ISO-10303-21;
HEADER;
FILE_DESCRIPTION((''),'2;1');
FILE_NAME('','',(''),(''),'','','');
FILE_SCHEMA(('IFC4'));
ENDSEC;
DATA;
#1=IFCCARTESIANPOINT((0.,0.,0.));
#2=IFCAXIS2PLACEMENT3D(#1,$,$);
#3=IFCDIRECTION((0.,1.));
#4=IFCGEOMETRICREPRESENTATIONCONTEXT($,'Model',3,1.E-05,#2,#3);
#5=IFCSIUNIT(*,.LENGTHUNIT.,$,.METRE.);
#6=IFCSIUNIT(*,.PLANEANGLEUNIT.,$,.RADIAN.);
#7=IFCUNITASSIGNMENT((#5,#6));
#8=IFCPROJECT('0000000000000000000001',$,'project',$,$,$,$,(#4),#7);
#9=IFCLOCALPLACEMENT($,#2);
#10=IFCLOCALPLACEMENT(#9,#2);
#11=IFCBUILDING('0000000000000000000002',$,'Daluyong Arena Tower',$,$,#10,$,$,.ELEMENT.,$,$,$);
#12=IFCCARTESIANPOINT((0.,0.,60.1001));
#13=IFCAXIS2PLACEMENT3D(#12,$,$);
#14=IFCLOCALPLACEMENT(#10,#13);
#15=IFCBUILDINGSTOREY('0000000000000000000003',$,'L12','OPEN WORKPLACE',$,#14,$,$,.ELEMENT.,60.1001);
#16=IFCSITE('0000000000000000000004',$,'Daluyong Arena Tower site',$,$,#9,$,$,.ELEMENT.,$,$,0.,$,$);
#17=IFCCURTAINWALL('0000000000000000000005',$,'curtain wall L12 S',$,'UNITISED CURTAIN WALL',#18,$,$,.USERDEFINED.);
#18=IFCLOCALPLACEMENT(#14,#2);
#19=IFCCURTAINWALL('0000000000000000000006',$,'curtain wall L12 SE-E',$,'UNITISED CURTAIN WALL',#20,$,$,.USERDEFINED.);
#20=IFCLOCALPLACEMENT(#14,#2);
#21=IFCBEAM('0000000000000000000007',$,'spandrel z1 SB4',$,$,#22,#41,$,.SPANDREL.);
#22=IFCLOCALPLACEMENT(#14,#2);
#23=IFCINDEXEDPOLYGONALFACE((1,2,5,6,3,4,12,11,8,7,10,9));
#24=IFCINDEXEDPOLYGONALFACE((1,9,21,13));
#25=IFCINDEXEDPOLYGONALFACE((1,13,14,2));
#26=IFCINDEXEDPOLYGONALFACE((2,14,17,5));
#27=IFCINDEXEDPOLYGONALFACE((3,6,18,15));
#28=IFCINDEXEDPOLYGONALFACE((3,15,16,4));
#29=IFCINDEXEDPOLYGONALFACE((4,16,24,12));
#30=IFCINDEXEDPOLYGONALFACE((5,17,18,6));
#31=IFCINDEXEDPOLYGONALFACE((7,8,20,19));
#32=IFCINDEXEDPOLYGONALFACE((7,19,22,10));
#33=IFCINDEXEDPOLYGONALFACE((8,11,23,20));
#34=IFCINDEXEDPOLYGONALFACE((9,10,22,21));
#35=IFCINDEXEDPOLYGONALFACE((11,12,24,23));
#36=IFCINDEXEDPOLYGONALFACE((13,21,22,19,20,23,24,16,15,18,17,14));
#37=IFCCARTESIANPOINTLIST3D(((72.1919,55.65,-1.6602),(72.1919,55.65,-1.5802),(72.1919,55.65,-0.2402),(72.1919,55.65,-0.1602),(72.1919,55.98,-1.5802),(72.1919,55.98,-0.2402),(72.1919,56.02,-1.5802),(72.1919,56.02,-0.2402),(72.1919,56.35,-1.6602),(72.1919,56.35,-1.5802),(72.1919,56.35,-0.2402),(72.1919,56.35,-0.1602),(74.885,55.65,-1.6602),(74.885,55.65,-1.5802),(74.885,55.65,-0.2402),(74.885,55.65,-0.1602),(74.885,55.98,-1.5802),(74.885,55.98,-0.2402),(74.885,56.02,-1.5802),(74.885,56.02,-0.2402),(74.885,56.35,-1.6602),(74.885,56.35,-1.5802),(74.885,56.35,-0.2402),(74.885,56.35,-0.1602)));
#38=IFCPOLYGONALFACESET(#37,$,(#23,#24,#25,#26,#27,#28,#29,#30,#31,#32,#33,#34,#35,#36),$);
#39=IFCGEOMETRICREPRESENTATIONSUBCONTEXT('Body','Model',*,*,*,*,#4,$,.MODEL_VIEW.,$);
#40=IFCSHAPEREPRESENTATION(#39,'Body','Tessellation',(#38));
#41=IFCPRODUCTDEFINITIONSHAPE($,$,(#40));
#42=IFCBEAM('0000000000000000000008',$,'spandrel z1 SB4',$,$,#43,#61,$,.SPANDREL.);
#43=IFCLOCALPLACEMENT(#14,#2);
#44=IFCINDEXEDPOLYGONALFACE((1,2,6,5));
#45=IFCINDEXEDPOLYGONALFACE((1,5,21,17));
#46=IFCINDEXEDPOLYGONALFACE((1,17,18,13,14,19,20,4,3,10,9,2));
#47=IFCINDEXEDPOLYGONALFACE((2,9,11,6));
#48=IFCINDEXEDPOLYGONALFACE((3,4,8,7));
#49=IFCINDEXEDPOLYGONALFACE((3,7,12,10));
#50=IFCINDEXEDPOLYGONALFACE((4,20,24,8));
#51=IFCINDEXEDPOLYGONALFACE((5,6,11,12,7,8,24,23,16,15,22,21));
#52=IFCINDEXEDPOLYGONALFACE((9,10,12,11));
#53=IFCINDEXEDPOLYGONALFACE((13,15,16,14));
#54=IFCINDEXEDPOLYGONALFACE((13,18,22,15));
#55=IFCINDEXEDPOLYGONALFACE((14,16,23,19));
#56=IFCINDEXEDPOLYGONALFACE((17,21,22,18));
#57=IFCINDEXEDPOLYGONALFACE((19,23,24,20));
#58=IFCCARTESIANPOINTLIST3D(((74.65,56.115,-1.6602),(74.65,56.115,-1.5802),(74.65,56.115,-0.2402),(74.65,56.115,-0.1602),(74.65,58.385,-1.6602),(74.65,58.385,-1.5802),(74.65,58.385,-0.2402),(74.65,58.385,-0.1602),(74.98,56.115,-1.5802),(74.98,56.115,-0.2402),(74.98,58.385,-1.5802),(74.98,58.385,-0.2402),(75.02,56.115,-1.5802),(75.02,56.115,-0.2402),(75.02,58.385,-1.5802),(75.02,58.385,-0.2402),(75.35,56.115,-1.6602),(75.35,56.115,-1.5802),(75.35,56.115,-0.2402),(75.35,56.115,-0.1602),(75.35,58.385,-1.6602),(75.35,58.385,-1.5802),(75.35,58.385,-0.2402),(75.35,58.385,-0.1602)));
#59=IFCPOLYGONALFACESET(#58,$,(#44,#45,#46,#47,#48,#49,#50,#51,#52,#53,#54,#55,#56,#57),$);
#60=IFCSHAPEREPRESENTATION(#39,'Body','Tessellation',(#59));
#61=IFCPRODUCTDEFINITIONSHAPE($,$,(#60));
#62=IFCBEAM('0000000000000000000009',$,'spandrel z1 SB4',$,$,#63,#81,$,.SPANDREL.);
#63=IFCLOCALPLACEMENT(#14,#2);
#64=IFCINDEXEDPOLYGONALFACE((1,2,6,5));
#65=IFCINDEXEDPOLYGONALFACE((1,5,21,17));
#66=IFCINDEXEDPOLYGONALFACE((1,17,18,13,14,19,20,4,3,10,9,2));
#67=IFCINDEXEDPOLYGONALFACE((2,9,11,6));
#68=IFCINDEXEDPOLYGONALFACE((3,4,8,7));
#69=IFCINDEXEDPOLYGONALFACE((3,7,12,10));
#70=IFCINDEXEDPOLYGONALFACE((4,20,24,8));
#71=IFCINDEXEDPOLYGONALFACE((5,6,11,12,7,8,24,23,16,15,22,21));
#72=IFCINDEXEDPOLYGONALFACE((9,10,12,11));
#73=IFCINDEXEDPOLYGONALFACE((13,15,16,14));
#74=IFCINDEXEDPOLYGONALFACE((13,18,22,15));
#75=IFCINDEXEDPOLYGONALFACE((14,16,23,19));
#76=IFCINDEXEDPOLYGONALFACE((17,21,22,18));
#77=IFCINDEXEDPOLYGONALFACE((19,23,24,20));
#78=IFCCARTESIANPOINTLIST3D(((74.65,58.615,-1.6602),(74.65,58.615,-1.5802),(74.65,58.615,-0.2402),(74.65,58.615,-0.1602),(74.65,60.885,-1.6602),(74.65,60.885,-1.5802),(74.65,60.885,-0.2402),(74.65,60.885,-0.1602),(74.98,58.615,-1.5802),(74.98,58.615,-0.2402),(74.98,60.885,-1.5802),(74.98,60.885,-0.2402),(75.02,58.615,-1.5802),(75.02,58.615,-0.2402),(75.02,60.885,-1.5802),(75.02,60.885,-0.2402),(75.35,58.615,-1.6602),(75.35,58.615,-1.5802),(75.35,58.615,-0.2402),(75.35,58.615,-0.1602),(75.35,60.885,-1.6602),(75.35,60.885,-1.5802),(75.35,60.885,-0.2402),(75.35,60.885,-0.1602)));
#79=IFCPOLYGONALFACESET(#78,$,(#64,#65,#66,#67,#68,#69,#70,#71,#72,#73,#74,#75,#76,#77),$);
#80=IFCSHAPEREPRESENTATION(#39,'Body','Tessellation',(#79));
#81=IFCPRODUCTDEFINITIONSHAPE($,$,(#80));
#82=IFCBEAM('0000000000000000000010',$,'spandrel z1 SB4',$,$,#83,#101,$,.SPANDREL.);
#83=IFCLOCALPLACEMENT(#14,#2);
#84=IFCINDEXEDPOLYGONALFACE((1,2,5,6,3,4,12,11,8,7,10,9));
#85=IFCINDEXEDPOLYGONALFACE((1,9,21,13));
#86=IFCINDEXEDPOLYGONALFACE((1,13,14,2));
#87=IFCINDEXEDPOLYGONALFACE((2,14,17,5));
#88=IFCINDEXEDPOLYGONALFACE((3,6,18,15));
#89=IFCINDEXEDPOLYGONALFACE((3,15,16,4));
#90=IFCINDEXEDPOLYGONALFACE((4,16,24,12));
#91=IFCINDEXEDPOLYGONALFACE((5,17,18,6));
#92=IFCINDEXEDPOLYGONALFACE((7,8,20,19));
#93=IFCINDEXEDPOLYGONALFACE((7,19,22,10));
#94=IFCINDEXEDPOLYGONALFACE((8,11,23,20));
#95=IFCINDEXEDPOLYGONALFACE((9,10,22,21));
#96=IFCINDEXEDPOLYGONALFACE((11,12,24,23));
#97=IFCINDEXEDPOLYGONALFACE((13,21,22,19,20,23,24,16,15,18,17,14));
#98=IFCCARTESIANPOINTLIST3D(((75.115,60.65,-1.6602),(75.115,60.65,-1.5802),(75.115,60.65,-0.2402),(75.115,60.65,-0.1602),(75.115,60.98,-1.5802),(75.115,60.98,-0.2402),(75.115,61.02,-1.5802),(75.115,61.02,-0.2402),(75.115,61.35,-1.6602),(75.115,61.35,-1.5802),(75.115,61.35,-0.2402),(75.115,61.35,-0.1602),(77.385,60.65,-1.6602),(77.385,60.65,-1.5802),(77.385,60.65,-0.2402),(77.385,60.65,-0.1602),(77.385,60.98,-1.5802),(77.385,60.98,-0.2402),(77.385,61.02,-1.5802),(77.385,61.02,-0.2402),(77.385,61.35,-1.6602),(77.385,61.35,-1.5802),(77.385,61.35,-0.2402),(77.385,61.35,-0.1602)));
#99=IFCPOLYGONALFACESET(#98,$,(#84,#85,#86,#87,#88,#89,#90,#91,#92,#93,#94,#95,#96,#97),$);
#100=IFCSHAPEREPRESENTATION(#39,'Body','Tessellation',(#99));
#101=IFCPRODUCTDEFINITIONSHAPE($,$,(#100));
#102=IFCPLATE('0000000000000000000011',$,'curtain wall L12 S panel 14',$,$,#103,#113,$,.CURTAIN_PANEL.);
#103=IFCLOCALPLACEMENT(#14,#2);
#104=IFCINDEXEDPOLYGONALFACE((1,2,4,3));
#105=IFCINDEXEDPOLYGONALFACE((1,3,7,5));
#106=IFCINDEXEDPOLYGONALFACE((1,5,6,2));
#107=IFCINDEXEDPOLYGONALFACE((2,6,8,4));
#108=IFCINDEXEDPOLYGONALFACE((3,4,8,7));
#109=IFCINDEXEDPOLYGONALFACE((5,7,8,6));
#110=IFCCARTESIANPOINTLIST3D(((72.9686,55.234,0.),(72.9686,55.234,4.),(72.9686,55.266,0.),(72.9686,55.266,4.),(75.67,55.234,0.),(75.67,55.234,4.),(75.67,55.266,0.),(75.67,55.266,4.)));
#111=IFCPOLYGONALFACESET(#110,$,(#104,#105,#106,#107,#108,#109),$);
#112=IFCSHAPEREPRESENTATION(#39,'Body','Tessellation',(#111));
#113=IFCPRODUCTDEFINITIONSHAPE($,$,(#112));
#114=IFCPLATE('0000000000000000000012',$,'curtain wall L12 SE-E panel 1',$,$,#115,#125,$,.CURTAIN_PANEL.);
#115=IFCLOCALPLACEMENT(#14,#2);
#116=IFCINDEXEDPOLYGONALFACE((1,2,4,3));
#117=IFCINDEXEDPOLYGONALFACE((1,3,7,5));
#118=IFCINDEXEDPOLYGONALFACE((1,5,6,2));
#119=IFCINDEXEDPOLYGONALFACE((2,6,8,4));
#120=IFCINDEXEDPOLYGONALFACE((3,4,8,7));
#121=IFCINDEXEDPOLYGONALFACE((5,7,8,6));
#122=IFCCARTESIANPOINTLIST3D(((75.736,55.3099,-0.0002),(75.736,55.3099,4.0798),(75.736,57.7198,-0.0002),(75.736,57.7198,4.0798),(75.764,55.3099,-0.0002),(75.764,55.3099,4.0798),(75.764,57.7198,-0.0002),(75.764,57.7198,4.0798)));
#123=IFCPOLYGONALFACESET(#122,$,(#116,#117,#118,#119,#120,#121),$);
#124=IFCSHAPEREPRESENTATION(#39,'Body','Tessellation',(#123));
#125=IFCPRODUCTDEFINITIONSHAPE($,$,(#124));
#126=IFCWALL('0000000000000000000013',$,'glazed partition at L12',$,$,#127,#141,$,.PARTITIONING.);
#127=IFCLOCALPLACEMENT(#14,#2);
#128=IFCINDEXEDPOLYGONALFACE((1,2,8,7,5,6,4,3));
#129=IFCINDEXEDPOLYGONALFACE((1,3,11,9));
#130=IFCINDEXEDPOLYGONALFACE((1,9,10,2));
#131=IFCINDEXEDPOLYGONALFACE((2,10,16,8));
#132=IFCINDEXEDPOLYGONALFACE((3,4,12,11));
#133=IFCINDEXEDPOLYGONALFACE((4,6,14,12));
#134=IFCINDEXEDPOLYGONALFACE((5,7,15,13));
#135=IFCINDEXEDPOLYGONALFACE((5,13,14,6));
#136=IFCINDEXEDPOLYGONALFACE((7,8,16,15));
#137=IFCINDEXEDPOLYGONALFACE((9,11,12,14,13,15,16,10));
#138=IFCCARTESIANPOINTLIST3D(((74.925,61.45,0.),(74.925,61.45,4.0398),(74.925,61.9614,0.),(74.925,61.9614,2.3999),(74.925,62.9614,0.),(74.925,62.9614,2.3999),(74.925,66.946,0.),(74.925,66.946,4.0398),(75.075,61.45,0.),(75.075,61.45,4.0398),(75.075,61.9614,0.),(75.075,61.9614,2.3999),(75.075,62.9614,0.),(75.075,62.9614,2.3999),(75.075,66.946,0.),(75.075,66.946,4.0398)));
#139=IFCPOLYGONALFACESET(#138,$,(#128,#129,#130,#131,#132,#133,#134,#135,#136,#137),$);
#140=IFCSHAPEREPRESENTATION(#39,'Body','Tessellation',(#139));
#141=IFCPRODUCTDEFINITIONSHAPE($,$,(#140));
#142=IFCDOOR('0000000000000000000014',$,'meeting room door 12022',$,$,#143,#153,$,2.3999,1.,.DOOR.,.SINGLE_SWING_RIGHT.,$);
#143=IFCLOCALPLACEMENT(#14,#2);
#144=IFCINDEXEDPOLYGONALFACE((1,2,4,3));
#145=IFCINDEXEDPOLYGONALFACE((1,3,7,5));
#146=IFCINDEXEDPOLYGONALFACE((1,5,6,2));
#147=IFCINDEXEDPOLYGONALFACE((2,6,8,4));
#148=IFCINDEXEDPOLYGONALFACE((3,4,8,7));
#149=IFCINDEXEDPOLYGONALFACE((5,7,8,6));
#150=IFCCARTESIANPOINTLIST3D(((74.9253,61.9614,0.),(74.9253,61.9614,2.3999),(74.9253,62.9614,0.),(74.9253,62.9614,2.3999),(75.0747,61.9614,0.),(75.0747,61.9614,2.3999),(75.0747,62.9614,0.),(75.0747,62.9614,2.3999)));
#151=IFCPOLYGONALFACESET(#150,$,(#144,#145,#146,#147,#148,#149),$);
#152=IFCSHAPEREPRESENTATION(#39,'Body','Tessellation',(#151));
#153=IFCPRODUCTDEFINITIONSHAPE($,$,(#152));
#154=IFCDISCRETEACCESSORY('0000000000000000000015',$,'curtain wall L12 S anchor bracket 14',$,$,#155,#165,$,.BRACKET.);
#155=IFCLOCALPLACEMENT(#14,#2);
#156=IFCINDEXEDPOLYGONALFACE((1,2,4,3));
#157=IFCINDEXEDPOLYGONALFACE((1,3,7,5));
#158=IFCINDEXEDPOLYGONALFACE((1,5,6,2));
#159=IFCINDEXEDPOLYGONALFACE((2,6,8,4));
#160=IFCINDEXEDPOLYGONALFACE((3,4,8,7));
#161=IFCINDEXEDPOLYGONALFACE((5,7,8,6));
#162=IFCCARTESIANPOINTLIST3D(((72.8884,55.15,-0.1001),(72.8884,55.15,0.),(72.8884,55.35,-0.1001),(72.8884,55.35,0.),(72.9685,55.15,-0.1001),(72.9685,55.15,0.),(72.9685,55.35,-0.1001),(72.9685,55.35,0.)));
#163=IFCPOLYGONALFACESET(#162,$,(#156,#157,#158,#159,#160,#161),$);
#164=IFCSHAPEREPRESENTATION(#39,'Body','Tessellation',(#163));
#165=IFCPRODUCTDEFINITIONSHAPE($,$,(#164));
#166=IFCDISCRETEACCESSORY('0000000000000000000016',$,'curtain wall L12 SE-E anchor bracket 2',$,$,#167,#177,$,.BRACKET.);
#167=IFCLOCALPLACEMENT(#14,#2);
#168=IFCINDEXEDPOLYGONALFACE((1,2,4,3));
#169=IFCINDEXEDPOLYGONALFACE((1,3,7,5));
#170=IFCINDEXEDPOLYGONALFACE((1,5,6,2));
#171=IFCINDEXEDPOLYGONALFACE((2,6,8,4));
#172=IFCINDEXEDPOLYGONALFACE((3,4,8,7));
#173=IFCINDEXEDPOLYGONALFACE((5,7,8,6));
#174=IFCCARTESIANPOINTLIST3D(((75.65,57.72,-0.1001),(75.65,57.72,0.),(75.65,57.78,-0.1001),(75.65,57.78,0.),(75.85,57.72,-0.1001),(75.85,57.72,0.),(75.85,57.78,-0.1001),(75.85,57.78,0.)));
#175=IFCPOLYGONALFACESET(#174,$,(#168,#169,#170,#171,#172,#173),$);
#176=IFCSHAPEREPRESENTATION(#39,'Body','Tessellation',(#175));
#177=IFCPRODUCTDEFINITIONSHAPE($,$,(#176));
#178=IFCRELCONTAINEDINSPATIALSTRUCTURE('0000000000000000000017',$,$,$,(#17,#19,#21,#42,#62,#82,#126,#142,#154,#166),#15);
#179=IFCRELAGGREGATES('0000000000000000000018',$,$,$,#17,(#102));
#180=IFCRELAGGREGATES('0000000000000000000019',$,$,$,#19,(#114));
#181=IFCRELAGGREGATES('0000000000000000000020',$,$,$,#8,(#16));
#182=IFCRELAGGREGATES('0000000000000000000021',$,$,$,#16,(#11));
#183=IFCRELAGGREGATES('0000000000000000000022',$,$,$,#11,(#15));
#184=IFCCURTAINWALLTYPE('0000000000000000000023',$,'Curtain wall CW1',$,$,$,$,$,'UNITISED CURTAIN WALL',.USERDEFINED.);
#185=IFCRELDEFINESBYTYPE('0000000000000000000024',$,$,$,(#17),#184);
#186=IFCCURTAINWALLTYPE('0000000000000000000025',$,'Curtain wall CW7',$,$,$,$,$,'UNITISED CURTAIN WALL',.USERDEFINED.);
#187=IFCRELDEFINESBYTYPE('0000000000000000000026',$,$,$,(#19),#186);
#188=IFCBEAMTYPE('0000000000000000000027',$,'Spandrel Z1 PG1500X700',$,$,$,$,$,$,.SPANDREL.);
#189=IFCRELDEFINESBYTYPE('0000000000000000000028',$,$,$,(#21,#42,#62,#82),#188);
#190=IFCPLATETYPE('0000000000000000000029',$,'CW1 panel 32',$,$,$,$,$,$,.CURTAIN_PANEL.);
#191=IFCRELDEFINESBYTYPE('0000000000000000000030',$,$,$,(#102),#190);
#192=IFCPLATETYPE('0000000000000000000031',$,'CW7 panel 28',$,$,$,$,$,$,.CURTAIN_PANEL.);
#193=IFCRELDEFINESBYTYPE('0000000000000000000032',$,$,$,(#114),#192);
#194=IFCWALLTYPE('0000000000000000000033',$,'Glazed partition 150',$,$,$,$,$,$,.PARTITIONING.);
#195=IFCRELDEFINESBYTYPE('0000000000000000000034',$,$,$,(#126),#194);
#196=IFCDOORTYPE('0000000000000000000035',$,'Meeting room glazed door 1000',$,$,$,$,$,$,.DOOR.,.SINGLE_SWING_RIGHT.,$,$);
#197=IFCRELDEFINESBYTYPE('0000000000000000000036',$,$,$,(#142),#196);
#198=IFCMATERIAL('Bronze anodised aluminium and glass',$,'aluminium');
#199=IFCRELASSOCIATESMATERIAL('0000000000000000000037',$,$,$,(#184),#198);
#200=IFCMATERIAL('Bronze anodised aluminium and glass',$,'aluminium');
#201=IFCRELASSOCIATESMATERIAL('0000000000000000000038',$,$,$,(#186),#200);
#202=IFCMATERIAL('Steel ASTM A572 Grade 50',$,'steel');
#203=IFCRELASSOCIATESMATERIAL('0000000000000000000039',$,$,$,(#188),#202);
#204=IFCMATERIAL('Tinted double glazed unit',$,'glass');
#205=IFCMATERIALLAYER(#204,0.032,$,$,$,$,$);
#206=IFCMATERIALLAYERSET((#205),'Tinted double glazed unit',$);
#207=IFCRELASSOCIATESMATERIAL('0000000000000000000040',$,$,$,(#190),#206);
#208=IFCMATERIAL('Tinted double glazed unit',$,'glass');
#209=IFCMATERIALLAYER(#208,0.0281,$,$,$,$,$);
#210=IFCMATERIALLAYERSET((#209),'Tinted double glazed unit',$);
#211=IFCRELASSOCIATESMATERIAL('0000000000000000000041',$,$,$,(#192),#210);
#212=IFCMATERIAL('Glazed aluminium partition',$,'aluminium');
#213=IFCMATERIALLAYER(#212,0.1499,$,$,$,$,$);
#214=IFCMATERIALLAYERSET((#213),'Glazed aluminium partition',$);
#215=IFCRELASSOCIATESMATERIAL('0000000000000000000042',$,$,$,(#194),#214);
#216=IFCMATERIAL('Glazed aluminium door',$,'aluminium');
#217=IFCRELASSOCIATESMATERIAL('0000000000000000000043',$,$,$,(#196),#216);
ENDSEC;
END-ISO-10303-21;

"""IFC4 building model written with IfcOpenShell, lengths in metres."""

from ifc_helpers import new_model, si_unit, direction, frame, frame_2d, origin, origin_2d, place, context, subcontext, project, spatial, rectangle, i_section, extrude, material, layer, layer_set, material_profile, profile_set, type_object, element, fill, aggregate, save


model = new_model("IFC4")

# Units and contexts
model_context = context("Model", 3, precision=1e-05, world=origin(), true_north=direction((0.0, 1.0)))
body_context = subcontext(model_context, "Body", "Model", "MODEL_VIEW")
ifc_project = project(units=[si_unit("LENGTHUNIT", "METRE"), si_unit("PLANEANGLEUNIT", "RADIAN")], contexts=[model_context])

# Site, building, storey
site_placement = place(None, origin())
site = spatial("IfcSite", under=ifc_project, at=site_placement, Name="Daluyong Arena Tower site", CompositionType="ELEMENT", RefElevation=0.0)
building_placement = place(site_placement, origin())
building = spatial("IfcBuilding", under=site, at=building_placement, Name="Daluyong Arena Tower", CompositionType="ELEMENT")
storey_placement = place(building_placement, frame((0.0, 0.0, 60.1001)))
storey = spatial("IfcBuildingStorey", under=building, at=storey_placement, Name="L12", Description="OPEN WORKPLACE", CompositionType="ELEMENT", Elevation=60.1001)

# Curtain wall
ifc_material_1 = material(Name="Bronze anodised aluminium and glass", Category="aluminium")
curtain_wall_type_1 = type_object("IfcCurtainWallType", Name="Curtain wall CW1", ElementType="UNITISED CURTAIN WALL", PredefinedType="USERDEFINED", material=ifc_material_1)
curtain_wall_1_placement = place(storey_placement, origin())
curtain_wall_1 = element("IfcCurtainWall", 1, at=curtain_wall_1_placement, inside=storey, type_object=curtain_wall_type_1, Name="curtain wall L12 S", ObjectType="UNITISED CURTAIN WALL", PredefinedType="USERDEFINED")

# Curtain wall
ifc_material_2 = material(Name="Bronze anodised aluminium and glass", Category="aluminium")
curtain_wall_type_2 = type_object("IfcCurtainWallType", Name="Curtain wall CW7", ElementType="UNITISED CURTAIN WALL", PredefinedType="USERDEFINED", material=ifc_material_2)
curtain_wall_2_placement = place(storey_placement, origin())
curtain_wall_2 = element("IfcCurtainWall", 2, at=curtain_wall_2_placement, inside=storey, type_object=curtain_wall_type_2, Name="curtain wall L12 SE-E", ObjectType="UNITISED CURTAIN WALL", PredefinedType="USERDEFINED")

# Beams
ifc_material_3 = material(Name="Steel ASTM A572 Grade 50", Category="steel")
ifc_material_profile_1 = material_profile(ifc_material_3, i_section(OverallWidth=0.7, OverallDepth=1.5, WebThickness=0.04, FlangeThickness=0.08, at=origin_2d()))
ifc_profile_set_1 = profile_set([ifc_material_profile_1], Name="Steel ASTM A572 Grade 50")
beam_type_1 = type_object("IfcBeamType", Name="Spandrel Z1 PG1500X700", PredefinedType="SPANDREL", material=ifc_profile_set_1)
beam_1_placement = place(storey_placement, frame((72.1919, 56.0, -0.9102), z_axis=(1.0, 0.0, 0.0), x_axis=(0.0, 1.0, 0.0)))
element("IfcBeam", 3, at=beam_1_placement, inside=storey, type_object=beam_type_1, Name="spandrel z1 SB4", PredefinedType="SPANDREL", context=body_context, shape_type="SweptSolid", body=[
    extrude(i_section(OverallWidth=0.7, OverallDepth=1.5, WebThickness=0.04, FlangeThickness=0.08, at=origin_2d()), origin(), (0.0, 0.0, 1.0), 2.6931),
])
for number, where, z_axis, x_axis, name in (
    (4, (75.0, 56.115, -0.9102), (0.0, 1.0, 0.0), (-1.0, 0.0, 0.0), "spandrel z1 SB4"),
    (5, (75.0, 58.615, -0.9102), (0.0, 1.0, 0.0), (-1.0, 0.0, 0.0), "spandrel z1 SB4"),
    (6, (75.115, 61.0, -0.9102), (1.0, 0.0, 0.0), (0.0, 1.0, 0.0), "spandrel z1 SB4"),
):
    element("IfcBeam", number, at=place(storey_placement, frame(where, z_axis=z_axis, x_axis=x_axis)), inside=storey, type_object=beam_type_1, Name=name, PredefinedType="SPANDREL", context=body_context, shape_type="SweptSolid", body=[
        extrude(i_section(OverallWidth=0.7, OverallDepth=1.5, WebThickness=0.04, FlangeThickness=0.08, at=origin_2d()), origin(), (0.0, 0.0, 1.0), 2.27),
    ])

# Plates
ifc_material_4 = material(Name="Tinted double glazed unit", Category="glass")
ifc_layer_1 = layer(ifc_material_4, 0.032)
ifc_layer_set_1 = layer_set([ifc_layer_1], Name="Tinted double glazed unit")
plate_type_1 = type_object("IfcPlateType", Name="CW1 panel 32", PredefinedType="CURTAIN_PANEL", material=ifc_layer_set_1)
plate_1_placement = place(storey_placement, frame((74.3193, 55.25, 0.0), z_axis=(0.0, 0.0, 1.0), x_axis=(1.0, 0.0, 0.0)))
plate_1 = element("IfcPlate", 7, at=plate_1_placement, type_object=plate_type_1, Name="curtain wall L12 S panel 14", PredefinedType="CURTAIN_PANEL", context=body_context, shape_type="SweptSolid", body=[
    extrude(rectangle(XDim=2.7014, YDim=0.032, at=origin_2d()), origin(), (0.0, 0.0, 1.0), 4.0),
])
aggregate(curtain_wall_1, [plate_1])
ifc_material_5 = material(Name="Tinted double glazed unit", Category="glass")
ifc_layer_2 = layer(ifc_material_5, 0.0281)
ifc_layer_set_2 = layer_set([ifc_layer_2], Name="Tinted double glazed unit")
plate_type_2 = type_object("IfcPlateType", Name="CW7 panel 28", PredefinedType="CURTAIN_PANEL", material=ifc_layer_set_2)
plate_2_placement = place(storey_placement, frame((75.75, 56.5149, -0.0002), z_axis=(0.0, 0.0, 1.0), x_axis=(0.0, 1.0, 0.0)))
plate_2 = element("IfcPlate", 8, at=plate_2_placement, type_object=plate_type_2, Name="curtain wall L12 SE-E panel 1", PredefinedType="CURTAIN_PANEL", context=body_context, shape_type="SweptSolid", body=[
    extrude(rectangle(XDim=2.4099, YDim=0.0281, at=origin_2d()), origin(), (0.0, 0.0, 1.0), 4.0801),
])
aggregate(curtain_wall_2, [plate_2])

# Wall, opening, door
ifc_material_6 = material(Name="Glazed aluminium partition", Category="aluminium")
ifc_layer_3 = layer(ifc_material_6, 0.1499)
ifc_layer_set_3 = layer_set([ifc_layer_3], Name="Glazed aluminium partition")
wall_type = type_object("IfcWallType", Name="Glazed partition 150", PredefinedType="PARTITIONING", material=ifc_layer_set_3)
wall_placement = place(storey_placement, frame((75.0, 61.45, 0.0), z_axis=(0.0, 0.0, 1.0), x_axis=(0.0, 1.0, 0.0)))
wall = element("IfcWall", 9, at=wall_placement, inside=storey, type_object=wall_type, Name="glazed partition at L12", PredefinedType="PARTITIONING", context=body_context, shape_type="SweptSolid", body=[
    extrude(rectangle(XDim=5.4961, YDim=0.1499, at=frame_2d((2.748, 0.0))), origin(), (0.0, 0.0, 1.0), 4.0398),
])
opening_placement = place(wall_placement, frame((0.5115, 0.0, 0.0)))
opening = element("IfcOpeningElement", 10, at=opening_placement, cuts=wall, PredefinedType="OPENING", context=body_context, shape_type="SweptSolid", body=[
    extrude(rectangle(XDim=1.0, YDim=2.3999, at=frame_2d((0.5, 1.2))), frame((0.0, 0.085, 0.0), z_axis=(0.0, -1.0, 0.0), x_axis=(1.0, 0.0, 0.0)), (0.0, 0.0, 1.0), 0.1699),
])
ifc_material_7 = material(Name="Glazed aluminium door", Category="aluminium")
door_type = type_object("IfcDoorType", Name="Meeting room glazed door 1000", OperationType="SINGLE_SWING_RIGHT", PredefinedType="DOOR", material=ifc_material_7)
door_placement = place(opening_placement, origin())
door = element("IfcDoor", 11, at=door_placement, inside=storey, type_object=door_type, Name="meeting room door 12022", OperationType="SINGLE_SWING_RIGHT", OverallHeight=2.3999, OverallWidth=1.0, PredefinedType="DOOR", context=body_context, shape_type="SweptSolid", body=[
    extrude(rectangle(XDim=1.0, YDim=2.3999, at=frame_2d((0.5, 1.2))), frame((0.0, 0.0747, 0.0), z_axis=(0.0, -1.0, 0.0), x_axis=(1.0, 0.0, 0.0)), (0.0, 0.0, 1.0), 0.1494),
])
fill(opening, door)

# Discrete accessories
discrete_accessory_1_placement = place(storey_placement, frame((72.9285, 55.25, -0.1001), z_axis=(0.0, 0.0, 1.0), x_axis=(1.0, 0.0, 0.0)))
element("IfcDiscreteAccessory", 12, at=discrete_accessory_1_placement, inside=storey, Name="curtain wall L12 S anchor bracket 14", PredefinedType="BRACKET", context=body_context, shape_type="SweptSolid", body=[
    extrude(rectangle(XDim=0.0801, YDim=0.2, at=origin_2d()), origin(), (0.0, 0.0, 1.0), 0.1001),
])
discrete_accessory_2_placement = place(storey_placement, frame((75.75, 57.75, -0.1001), z_axis=(0.0, 0.0, 1.0), x_axis=(0.0, 1.0, 0.0)))
element("IfcDiscreteAccessory", 13, at=discrete_accessory_2_placement, inside=storey, Name="curtain wall L12 SE-E anchor bracket 2", PredefinedType="BRACKET", context=body_context, shape_type="SweptSolid", body=[
    extrude(rectangle(XDim=0.0601, YDim=0.2, at=origin_2d()), origin(), (0.0, 0.0, 1.0), 0.1001),
])

save(model, "model.ifc")
